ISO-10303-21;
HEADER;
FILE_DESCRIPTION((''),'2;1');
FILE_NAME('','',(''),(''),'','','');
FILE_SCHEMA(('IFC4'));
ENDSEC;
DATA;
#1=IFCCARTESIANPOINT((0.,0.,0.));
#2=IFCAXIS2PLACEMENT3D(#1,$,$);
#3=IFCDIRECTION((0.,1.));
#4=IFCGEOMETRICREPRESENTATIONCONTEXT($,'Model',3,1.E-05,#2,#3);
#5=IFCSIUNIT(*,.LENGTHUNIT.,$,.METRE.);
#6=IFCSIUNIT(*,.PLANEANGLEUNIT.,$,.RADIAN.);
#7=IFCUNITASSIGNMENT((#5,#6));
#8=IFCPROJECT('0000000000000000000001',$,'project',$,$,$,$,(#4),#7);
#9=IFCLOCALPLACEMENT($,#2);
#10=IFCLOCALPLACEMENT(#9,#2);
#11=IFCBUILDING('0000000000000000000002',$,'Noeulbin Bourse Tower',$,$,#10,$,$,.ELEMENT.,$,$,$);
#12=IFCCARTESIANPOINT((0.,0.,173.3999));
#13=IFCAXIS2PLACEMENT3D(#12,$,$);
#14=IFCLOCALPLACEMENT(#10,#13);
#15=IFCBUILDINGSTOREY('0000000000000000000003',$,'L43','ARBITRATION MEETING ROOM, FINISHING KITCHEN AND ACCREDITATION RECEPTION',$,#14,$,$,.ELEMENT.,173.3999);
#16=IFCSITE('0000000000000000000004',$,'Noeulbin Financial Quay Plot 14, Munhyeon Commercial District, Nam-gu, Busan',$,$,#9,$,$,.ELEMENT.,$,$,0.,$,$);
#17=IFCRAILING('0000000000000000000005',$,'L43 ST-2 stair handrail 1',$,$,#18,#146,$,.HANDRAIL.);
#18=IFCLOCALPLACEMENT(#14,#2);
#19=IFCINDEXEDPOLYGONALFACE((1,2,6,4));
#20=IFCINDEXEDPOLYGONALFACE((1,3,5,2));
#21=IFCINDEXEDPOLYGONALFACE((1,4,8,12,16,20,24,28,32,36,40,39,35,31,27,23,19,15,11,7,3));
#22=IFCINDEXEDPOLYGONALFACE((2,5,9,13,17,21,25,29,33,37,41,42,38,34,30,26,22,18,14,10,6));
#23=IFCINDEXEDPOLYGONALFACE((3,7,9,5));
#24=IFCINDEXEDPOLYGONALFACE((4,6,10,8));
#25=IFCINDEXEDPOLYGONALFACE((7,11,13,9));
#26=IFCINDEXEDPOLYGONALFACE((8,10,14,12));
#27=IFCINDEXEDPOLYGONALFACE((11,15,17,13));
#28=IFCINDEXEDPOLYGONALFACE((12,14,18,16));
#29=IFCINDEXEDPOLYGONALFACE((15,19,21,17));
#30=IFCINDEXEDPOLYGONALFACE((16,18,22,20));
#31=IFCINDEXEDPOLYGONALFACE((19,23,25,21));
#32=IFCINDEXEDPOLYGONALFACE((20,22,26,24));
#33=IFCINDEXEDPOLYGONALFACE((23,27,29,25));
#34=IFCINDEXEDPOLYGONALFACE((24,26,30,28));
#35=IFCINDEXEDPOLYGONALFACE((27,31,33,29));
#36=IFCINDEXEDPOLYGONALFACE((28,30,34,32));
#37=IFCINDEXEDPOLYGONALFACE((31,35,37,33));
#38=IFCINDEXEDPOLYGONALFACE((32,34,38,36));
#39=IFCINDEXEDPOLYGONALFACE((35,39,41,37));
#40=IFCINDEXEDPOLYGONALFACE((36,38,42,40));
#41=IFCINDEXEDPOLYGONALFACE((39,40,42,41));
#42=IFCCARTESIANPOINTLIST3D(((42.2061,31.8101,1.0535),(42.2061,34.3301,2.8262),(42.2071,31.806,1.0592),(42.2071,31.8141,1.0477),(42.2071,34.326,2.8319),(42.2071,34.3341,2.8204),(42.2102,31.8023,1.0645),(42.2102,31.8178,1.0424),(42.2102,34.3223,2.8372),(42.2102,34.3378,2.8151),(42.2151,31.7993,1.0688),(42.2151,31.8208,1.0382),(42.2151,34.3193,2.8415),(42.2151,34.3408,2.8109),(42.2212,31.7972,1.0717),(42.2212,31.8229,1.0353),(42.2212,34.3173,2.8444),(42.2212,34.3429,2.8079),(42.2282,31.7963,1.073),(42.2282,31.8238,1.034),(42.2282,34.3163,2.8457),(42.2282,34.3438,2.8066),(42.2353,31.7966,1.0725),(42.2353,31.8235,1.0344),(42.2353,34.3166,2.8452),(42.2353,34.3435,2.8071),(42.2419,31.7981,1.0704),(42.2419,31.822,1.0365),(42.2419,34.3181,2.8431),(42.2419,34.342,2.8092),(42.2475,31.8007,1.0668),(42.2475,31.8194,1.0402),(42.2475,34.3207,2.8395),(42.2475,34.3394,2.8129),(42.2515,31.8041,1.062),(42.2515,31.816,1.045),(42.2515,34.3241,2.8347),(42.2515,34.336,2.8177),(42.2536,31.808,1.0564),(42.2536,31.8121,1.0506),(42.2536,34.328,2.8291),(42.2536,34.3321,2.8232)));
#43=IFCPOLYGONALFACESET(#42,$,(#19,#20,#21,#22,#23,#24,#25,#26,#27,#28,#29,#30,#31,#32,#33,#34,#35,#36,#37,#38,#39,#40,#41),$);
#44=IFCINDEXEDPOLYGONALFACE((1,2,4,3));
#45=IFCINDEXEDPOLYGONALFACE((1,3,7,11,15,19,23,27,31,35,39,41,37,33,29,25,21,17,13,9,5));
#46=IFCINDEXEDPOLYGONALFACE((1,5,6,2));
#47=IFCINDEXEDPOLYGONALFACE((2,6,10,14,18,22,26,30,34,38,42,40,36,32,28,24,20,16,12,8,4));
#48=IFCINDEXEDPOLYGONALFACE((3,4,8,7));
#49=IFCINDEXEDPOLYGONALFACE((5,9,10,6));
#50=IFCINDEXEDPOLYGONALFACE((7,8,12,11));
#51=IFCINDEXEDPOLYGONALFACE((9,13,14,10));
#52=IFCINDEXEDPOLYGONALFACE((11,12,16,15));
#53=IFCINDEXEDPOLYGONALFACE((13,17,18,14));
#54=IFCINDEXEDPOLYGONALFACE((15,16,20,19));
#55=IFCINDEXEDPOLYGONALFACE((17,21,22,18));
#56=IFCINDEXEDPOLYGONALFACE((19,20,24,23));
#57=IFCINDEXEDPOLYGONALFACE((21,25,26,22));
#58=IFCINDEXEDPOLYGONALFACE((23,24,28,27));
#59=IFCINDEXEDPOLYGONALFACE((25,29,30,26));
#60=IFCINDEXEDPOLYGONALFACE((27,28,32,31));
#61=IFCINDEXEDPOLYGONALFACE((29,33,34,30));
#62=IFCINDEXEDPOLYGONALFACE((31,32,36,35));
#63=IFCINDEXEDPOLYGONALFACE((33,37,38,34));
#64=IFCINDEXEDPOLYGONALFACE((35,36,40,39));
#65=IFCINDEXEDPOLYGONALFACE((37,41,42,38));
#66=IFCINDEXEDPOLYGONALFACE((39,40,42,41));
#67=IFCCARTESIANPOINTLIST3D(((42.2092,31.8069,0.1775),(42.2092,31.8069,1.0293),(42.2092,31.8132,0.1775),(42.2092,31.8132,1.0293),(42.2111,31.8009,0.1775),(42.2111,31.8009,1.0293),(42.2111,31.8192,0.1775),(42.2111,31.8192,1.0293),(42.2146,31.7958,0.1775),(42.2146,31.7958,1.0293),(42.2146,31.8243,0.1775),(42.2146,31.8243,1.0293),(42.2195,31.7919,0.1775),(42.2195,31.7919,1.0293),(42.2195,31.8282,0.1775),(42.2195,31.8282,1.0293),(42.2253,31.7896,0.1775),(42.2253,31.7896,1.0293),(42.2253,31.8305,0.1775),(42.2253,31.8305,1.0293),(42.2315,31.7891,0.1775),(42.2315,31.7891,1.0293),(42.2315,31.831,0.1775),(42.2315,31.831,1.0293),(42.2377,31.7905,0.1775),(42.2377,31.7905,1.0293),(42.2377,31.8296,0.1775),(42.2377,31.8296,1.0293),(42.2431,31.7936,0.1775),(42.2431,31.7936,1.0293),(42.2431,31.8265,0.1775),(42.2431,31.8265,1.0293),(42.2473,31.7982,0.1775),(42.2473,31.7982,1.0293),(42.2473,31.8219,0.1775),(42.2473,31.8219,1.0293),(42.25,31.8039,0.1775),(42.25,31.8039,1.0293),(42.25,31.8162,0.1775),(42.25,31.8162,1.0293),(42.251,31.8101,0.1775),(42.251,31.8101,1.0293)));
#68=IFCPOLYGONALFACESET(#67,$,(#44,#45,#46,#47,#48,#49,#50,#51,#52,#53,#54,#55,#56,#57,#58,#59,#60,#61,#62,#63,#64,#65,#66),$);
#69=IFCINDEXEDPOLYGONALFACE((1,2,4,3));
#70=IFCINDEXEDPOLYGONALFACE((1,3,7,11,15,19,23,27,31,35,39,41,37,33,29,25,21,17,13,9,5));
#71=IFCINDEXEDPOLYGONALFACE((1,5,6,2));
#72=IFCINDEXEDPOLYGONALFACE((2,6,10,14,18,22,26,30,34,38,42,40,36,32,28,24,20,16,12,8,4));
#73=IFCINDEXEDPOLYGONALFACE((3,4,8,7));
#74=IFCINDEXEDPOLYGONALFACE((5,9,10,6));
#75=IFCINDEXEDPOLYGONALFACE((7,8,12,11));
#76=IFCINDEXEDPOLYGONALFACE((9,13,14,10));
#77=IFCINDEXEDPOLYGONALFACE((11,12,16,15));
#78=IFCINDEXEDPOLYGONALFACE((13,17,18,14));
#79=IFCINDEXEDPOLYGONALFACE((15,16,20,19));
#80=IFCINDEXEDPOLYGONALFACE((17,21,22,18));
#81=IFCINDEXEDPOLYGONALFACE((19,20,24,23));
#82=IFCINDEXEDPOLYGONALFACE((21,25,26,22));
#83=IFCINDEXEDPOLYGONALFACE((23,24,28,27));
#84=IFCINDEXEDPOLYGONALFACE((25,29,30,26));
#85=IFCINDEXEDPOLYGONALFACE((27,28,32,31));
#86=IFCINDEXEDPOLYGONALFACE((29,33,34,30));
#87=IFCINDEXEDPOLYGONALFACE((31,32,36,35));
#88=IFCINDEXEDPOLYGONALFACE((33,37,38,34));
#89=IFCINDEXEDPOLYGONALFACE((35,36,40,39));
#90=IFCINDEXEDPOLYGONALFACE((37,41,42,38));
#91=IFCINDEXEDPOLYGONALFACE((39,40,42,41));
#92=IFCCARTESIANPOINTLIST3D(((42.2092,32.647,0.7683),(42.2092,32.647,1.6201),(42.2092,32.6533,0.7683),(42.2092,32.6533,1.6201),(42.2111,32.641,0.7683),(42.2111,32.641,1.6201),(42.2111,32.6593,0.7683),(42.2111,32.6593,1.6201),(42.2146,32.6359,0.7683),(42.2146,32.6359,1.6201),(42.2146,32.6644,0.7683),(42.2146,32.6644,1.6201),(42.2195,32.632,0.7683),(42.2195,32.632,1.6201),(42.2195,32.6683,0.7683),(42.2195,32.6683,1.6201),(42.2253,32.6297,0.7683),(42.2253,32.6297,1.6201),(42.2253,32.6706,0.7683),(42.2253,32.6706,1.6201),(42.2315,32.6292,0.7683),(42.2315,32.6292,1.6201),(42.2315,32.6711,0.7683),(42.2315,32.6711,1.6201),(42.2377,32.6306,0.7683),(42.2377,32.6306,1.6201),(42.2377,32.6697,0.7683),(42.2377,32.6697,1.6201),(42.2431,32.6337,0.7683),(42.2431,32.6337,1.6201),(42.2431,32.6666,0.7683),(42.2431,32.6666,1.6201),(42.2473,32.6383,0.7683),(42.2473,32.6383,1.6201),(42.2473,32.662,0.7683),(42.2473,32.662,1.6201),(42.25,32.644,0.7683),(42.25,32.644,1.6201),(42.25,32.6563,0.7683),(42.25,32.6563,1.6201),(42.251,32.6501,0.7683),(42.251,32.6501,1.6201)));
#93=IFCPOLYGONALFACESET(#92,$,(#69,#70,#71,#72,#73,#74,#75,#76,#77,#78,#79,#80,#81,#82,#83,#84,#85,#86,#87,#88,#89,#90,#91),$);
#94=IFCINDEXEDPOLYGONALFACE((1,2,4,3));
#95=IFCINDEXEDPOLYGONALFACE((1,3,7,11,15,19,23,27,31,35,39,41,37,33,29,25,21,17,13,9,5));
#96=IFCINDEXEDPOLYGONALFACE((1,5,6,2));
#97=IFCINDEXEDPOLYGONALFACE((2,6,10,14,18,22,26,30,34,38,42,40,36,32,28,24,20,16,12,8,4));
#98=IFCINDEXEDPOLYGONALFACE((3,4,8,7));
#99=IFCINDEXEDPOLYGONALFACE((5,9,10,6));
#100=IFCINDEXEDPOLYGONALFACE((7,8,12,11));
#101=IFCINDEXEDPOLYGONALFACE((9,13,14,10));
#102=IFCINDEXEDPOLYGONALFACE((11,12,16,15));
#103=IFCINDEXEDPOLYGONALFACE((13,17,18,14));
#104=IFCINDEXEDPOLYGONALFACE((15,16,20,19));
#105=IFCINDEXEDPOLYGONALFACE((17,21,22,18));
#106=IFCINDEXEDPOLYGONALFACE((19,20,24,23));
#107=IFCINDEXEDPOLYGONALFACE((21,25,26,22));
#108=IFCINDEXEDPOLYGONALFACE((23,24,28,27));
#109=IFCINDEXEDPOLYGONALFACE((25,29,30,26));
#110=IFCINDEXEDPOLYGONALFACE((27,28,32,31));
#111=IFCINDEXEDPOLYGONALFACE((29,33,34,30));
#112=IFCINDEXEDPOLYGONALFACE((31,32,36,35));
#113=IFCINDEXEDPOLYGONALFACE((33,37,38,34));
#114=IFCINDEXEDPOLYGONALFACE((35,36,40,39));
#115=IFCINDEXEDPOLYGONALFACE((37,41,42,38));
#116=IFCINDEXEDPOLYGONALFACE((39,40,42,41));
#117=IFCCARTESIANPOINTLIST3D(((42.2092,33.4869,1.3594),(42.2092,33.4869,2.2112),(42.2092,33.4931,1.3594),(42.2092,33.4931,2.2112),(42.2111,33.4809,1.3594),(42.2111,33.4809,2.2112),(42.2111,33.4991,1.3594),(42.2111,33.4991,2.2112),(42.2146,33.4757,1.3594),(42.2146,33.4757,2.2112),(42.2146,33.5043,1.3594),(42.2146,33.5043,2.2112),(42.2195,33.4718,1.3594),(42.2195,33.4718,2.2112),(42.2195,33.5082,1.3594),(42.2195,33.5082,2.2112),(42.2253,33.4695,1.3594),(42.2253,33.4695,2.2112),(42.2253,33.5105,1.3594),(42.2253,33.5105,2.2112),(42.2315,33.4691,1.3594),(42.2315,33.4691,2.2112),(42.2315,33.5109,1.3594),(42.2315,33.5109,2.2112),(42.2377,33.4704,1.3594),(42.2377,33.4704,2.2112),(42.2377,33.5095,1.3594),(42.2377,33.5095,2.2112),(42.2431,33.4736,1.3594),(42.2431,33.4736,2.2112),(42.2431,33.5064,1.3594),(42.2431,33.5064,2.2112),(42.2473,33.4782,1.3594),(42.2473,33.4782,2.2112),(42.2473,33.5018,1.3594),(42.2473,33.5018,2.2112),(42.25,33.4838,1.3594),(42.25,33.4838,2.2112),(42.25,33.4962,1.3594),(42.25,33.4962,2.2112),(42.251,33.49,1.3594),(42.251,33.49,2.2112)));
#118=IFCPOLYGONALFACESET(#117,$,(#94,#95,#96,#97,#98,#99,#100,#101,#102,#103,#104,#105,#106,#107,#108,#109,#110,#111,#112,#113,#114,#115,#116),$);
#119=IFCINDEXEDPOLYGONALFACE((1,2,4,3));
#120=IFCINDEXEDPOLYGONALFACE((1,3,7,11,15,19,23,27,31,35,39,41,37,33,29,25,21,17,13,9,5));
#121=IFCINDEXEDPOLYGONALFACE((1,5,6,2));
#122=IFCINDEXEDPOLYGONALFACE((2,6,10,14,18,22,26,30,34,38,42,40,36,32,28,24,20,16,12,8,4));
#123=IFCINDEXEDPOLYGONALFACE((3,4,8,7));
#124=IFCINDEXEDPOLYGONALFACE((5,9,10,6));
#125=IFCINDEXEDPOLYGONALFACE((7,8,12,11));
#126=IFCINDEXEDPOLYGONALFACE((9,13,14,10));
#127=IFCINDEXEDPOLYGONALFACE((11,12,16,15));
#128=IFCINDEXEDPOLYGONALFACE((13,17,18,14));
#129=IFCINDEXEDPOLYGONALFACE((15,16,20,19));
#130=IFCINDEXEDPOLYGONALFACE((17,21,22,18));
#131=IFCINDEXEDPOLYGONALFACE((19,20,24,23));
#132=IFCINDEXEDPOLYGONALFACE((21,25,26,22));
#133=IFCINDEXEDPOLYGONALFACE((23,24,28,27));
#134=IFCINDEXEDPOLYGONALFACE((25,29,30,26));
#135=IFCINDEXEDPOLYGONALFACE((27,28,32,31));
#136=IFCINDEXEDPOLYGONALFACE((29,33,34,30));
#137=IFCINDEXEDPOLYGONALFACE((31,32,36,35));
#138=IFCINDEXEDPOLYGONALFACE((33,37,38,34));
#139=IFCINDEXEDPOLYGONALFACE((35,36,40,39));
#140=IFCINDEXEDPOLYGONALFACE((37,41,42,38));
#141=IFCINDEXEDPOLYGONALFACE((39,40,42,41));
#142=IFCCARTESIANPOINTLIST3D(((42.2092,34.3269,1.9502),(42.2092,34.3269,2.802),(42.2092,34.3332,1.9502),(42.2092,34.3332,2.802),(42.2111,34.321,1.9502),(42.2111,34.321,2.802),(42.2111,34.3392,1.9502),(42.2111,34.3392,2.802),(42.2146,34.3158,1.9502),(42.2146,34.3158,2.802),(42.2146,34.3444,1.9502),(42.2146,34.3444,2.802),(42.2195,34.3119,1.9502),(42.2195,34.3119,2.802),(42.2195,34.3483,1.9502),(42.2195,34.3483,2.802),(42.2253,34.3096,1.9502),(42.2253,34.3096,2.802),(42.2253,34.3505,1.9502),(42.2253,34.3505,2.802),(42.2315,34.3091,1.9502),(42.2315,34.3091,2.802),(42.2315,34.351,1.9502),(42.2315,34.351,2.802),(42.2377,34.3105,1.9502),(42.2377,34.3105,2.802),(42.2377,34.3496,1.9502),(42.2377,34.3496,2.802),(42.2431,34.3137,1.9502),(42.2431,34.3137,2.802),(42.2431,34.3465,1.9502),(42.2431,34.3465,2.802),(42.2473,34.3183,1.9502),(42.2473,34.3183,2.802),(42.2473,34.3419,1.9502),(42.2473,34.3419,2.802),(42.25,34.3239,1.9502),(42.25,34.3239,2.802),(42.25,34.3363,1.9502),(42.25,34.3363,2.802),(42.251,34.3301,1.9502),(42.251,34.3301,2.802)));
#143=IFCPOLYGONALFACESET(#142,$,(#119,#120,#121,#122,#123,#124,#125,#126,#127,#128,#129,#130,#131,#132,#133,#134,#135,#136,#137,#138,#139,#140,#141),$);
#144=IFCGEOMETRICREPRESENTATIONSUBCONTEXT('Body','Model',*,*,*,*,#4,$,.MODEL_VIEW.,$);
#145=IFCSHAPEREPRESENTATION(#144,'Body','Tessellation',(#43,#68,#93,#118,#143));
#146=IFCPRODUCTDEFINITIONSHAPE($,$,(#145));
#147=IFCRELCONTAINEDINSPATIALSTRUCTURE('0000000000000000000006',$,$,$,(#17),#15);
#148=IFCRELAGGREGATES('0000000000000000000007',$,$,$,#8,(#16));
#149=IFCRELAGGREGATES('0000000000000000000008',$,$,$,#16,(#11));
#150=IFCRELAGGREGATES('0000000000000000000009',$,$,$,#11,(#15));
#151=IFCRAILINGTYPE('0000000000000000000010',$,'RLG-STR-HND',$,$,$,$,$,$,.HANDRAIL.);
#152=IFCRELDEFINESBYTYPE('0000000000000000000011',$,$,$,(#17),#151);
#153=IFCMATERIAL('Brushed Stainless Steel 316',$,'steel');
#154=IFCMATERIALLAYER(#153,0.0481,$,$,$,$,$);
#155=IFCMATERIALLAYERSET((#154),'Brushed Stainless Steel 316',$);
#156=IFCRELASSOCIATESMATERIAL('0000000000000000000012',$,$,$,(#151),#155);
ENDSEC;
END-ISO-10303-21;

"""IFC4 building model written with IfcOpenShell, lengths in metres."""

from ifc_helpers import new_model, si_unit, direction, frame, origin, origin_2d, place, context, subcontext, project, spatial, circle, extrude, material, layer, layer_set, type_object, element, save


model = new_model("IFC4")

# Units and contexts
model_context = context("Model", 3, precision=1e-05, world=origin(), true_north=direction((0.0, 1.0)))
body_context = subcontext(model_context, "Body", "Model", "MODEL_VIEW")
ifc_project = project(units=[si_unit("LENGTHUNIT", "METRE"), si_unit("PLANEANGLEUNIT", "RADIAN")], contexts=[model_context])

# Site, building, storey
site_placement = place(None, origin())
site = spatial("IfcSite", under=ifc_project, at=site_placement, Name="Noeulbin Financial Quay Plot 14, Munhyeon Commercial District, Nam-gu, Busan", CompositionType="ELEMENT", RefElevation=0.0)
building_placement = place(site_placement, origin())
building = spatial("IfcBuilding", under=site, at=building_placement, Name="Noeulbin Bourse Tower", CompositionType="ELEMENT")
storey_placement = place(building_placement, frame((0.0, 0.0, 173.3999)))
storey = spatial("IfcBuildingStorey", under=building, at=storey_placement, Name="L43", Description="ARBITRATION MEETING ROOM, FINISHING KITCHEN AND ACCREDITATION RECEPTION", CompositionType="ELEMENT", Elevation=173.3999)

# Railing
ifc_material_1 = material(Name="Brushed Stainless Steel 316", Category="steel")
ifc_layer_1 = layer(ifc_material_1, 0.0481)
ifc_layer_set_1 = layer_set([ifc_layer_1], Name="Brushed Stainless Steel 316")
railing_type_1 = type_object("IfcRailingType", Name="RLG-STR-HND", PredefinedType="HANDRAIL", material=ifc_layer_set_1)
railing_1_placement = place(storey_placement, frame((42.23, 31.8101, 0.1775)))
element("IfcRailing", 1, at=railing_1_placement, inside=storey, type_object=railing_type_1, Name="L43 ST-2 stair handrail 1", PredefinedType="HANDRAIL", context=body_context, shape_type="SweptSolid", body=[
    extrude(circle(Radius=0.0239, at=origin_2d()), frame((0.0, 0.0, 0.876), z_axis=(0.0, 0.817904, 0.575354), x_axis=(-1.0, 0.0, 0.0)), (0.0, 0.0, 1.0), 3.0811),
    extrude(circle(Radius=0.021, at=origin_2d()), origin(), (0.0, 0.0, 1.0), 0.8518),
    extrude(circle(Radius=0.021, at=origin_2d()), frame((0.0, 0.8401, 0.5908)), (0.0, 0.0, 1.0), 0.8518),
    extrude(circle(Radius=0.021, at=origin_2d()), frame((0.0, 1.6799, 1.1819)), (0.0, 0.0, 1.0), 0.8518),
    extrude(circle(Radius=0.021, at=origin_2d()), frame((0.0, 2.52, 1.7727)), (0.0, 0.0, 1.0), 0.8518),
])

save(model, "model.ifc")
